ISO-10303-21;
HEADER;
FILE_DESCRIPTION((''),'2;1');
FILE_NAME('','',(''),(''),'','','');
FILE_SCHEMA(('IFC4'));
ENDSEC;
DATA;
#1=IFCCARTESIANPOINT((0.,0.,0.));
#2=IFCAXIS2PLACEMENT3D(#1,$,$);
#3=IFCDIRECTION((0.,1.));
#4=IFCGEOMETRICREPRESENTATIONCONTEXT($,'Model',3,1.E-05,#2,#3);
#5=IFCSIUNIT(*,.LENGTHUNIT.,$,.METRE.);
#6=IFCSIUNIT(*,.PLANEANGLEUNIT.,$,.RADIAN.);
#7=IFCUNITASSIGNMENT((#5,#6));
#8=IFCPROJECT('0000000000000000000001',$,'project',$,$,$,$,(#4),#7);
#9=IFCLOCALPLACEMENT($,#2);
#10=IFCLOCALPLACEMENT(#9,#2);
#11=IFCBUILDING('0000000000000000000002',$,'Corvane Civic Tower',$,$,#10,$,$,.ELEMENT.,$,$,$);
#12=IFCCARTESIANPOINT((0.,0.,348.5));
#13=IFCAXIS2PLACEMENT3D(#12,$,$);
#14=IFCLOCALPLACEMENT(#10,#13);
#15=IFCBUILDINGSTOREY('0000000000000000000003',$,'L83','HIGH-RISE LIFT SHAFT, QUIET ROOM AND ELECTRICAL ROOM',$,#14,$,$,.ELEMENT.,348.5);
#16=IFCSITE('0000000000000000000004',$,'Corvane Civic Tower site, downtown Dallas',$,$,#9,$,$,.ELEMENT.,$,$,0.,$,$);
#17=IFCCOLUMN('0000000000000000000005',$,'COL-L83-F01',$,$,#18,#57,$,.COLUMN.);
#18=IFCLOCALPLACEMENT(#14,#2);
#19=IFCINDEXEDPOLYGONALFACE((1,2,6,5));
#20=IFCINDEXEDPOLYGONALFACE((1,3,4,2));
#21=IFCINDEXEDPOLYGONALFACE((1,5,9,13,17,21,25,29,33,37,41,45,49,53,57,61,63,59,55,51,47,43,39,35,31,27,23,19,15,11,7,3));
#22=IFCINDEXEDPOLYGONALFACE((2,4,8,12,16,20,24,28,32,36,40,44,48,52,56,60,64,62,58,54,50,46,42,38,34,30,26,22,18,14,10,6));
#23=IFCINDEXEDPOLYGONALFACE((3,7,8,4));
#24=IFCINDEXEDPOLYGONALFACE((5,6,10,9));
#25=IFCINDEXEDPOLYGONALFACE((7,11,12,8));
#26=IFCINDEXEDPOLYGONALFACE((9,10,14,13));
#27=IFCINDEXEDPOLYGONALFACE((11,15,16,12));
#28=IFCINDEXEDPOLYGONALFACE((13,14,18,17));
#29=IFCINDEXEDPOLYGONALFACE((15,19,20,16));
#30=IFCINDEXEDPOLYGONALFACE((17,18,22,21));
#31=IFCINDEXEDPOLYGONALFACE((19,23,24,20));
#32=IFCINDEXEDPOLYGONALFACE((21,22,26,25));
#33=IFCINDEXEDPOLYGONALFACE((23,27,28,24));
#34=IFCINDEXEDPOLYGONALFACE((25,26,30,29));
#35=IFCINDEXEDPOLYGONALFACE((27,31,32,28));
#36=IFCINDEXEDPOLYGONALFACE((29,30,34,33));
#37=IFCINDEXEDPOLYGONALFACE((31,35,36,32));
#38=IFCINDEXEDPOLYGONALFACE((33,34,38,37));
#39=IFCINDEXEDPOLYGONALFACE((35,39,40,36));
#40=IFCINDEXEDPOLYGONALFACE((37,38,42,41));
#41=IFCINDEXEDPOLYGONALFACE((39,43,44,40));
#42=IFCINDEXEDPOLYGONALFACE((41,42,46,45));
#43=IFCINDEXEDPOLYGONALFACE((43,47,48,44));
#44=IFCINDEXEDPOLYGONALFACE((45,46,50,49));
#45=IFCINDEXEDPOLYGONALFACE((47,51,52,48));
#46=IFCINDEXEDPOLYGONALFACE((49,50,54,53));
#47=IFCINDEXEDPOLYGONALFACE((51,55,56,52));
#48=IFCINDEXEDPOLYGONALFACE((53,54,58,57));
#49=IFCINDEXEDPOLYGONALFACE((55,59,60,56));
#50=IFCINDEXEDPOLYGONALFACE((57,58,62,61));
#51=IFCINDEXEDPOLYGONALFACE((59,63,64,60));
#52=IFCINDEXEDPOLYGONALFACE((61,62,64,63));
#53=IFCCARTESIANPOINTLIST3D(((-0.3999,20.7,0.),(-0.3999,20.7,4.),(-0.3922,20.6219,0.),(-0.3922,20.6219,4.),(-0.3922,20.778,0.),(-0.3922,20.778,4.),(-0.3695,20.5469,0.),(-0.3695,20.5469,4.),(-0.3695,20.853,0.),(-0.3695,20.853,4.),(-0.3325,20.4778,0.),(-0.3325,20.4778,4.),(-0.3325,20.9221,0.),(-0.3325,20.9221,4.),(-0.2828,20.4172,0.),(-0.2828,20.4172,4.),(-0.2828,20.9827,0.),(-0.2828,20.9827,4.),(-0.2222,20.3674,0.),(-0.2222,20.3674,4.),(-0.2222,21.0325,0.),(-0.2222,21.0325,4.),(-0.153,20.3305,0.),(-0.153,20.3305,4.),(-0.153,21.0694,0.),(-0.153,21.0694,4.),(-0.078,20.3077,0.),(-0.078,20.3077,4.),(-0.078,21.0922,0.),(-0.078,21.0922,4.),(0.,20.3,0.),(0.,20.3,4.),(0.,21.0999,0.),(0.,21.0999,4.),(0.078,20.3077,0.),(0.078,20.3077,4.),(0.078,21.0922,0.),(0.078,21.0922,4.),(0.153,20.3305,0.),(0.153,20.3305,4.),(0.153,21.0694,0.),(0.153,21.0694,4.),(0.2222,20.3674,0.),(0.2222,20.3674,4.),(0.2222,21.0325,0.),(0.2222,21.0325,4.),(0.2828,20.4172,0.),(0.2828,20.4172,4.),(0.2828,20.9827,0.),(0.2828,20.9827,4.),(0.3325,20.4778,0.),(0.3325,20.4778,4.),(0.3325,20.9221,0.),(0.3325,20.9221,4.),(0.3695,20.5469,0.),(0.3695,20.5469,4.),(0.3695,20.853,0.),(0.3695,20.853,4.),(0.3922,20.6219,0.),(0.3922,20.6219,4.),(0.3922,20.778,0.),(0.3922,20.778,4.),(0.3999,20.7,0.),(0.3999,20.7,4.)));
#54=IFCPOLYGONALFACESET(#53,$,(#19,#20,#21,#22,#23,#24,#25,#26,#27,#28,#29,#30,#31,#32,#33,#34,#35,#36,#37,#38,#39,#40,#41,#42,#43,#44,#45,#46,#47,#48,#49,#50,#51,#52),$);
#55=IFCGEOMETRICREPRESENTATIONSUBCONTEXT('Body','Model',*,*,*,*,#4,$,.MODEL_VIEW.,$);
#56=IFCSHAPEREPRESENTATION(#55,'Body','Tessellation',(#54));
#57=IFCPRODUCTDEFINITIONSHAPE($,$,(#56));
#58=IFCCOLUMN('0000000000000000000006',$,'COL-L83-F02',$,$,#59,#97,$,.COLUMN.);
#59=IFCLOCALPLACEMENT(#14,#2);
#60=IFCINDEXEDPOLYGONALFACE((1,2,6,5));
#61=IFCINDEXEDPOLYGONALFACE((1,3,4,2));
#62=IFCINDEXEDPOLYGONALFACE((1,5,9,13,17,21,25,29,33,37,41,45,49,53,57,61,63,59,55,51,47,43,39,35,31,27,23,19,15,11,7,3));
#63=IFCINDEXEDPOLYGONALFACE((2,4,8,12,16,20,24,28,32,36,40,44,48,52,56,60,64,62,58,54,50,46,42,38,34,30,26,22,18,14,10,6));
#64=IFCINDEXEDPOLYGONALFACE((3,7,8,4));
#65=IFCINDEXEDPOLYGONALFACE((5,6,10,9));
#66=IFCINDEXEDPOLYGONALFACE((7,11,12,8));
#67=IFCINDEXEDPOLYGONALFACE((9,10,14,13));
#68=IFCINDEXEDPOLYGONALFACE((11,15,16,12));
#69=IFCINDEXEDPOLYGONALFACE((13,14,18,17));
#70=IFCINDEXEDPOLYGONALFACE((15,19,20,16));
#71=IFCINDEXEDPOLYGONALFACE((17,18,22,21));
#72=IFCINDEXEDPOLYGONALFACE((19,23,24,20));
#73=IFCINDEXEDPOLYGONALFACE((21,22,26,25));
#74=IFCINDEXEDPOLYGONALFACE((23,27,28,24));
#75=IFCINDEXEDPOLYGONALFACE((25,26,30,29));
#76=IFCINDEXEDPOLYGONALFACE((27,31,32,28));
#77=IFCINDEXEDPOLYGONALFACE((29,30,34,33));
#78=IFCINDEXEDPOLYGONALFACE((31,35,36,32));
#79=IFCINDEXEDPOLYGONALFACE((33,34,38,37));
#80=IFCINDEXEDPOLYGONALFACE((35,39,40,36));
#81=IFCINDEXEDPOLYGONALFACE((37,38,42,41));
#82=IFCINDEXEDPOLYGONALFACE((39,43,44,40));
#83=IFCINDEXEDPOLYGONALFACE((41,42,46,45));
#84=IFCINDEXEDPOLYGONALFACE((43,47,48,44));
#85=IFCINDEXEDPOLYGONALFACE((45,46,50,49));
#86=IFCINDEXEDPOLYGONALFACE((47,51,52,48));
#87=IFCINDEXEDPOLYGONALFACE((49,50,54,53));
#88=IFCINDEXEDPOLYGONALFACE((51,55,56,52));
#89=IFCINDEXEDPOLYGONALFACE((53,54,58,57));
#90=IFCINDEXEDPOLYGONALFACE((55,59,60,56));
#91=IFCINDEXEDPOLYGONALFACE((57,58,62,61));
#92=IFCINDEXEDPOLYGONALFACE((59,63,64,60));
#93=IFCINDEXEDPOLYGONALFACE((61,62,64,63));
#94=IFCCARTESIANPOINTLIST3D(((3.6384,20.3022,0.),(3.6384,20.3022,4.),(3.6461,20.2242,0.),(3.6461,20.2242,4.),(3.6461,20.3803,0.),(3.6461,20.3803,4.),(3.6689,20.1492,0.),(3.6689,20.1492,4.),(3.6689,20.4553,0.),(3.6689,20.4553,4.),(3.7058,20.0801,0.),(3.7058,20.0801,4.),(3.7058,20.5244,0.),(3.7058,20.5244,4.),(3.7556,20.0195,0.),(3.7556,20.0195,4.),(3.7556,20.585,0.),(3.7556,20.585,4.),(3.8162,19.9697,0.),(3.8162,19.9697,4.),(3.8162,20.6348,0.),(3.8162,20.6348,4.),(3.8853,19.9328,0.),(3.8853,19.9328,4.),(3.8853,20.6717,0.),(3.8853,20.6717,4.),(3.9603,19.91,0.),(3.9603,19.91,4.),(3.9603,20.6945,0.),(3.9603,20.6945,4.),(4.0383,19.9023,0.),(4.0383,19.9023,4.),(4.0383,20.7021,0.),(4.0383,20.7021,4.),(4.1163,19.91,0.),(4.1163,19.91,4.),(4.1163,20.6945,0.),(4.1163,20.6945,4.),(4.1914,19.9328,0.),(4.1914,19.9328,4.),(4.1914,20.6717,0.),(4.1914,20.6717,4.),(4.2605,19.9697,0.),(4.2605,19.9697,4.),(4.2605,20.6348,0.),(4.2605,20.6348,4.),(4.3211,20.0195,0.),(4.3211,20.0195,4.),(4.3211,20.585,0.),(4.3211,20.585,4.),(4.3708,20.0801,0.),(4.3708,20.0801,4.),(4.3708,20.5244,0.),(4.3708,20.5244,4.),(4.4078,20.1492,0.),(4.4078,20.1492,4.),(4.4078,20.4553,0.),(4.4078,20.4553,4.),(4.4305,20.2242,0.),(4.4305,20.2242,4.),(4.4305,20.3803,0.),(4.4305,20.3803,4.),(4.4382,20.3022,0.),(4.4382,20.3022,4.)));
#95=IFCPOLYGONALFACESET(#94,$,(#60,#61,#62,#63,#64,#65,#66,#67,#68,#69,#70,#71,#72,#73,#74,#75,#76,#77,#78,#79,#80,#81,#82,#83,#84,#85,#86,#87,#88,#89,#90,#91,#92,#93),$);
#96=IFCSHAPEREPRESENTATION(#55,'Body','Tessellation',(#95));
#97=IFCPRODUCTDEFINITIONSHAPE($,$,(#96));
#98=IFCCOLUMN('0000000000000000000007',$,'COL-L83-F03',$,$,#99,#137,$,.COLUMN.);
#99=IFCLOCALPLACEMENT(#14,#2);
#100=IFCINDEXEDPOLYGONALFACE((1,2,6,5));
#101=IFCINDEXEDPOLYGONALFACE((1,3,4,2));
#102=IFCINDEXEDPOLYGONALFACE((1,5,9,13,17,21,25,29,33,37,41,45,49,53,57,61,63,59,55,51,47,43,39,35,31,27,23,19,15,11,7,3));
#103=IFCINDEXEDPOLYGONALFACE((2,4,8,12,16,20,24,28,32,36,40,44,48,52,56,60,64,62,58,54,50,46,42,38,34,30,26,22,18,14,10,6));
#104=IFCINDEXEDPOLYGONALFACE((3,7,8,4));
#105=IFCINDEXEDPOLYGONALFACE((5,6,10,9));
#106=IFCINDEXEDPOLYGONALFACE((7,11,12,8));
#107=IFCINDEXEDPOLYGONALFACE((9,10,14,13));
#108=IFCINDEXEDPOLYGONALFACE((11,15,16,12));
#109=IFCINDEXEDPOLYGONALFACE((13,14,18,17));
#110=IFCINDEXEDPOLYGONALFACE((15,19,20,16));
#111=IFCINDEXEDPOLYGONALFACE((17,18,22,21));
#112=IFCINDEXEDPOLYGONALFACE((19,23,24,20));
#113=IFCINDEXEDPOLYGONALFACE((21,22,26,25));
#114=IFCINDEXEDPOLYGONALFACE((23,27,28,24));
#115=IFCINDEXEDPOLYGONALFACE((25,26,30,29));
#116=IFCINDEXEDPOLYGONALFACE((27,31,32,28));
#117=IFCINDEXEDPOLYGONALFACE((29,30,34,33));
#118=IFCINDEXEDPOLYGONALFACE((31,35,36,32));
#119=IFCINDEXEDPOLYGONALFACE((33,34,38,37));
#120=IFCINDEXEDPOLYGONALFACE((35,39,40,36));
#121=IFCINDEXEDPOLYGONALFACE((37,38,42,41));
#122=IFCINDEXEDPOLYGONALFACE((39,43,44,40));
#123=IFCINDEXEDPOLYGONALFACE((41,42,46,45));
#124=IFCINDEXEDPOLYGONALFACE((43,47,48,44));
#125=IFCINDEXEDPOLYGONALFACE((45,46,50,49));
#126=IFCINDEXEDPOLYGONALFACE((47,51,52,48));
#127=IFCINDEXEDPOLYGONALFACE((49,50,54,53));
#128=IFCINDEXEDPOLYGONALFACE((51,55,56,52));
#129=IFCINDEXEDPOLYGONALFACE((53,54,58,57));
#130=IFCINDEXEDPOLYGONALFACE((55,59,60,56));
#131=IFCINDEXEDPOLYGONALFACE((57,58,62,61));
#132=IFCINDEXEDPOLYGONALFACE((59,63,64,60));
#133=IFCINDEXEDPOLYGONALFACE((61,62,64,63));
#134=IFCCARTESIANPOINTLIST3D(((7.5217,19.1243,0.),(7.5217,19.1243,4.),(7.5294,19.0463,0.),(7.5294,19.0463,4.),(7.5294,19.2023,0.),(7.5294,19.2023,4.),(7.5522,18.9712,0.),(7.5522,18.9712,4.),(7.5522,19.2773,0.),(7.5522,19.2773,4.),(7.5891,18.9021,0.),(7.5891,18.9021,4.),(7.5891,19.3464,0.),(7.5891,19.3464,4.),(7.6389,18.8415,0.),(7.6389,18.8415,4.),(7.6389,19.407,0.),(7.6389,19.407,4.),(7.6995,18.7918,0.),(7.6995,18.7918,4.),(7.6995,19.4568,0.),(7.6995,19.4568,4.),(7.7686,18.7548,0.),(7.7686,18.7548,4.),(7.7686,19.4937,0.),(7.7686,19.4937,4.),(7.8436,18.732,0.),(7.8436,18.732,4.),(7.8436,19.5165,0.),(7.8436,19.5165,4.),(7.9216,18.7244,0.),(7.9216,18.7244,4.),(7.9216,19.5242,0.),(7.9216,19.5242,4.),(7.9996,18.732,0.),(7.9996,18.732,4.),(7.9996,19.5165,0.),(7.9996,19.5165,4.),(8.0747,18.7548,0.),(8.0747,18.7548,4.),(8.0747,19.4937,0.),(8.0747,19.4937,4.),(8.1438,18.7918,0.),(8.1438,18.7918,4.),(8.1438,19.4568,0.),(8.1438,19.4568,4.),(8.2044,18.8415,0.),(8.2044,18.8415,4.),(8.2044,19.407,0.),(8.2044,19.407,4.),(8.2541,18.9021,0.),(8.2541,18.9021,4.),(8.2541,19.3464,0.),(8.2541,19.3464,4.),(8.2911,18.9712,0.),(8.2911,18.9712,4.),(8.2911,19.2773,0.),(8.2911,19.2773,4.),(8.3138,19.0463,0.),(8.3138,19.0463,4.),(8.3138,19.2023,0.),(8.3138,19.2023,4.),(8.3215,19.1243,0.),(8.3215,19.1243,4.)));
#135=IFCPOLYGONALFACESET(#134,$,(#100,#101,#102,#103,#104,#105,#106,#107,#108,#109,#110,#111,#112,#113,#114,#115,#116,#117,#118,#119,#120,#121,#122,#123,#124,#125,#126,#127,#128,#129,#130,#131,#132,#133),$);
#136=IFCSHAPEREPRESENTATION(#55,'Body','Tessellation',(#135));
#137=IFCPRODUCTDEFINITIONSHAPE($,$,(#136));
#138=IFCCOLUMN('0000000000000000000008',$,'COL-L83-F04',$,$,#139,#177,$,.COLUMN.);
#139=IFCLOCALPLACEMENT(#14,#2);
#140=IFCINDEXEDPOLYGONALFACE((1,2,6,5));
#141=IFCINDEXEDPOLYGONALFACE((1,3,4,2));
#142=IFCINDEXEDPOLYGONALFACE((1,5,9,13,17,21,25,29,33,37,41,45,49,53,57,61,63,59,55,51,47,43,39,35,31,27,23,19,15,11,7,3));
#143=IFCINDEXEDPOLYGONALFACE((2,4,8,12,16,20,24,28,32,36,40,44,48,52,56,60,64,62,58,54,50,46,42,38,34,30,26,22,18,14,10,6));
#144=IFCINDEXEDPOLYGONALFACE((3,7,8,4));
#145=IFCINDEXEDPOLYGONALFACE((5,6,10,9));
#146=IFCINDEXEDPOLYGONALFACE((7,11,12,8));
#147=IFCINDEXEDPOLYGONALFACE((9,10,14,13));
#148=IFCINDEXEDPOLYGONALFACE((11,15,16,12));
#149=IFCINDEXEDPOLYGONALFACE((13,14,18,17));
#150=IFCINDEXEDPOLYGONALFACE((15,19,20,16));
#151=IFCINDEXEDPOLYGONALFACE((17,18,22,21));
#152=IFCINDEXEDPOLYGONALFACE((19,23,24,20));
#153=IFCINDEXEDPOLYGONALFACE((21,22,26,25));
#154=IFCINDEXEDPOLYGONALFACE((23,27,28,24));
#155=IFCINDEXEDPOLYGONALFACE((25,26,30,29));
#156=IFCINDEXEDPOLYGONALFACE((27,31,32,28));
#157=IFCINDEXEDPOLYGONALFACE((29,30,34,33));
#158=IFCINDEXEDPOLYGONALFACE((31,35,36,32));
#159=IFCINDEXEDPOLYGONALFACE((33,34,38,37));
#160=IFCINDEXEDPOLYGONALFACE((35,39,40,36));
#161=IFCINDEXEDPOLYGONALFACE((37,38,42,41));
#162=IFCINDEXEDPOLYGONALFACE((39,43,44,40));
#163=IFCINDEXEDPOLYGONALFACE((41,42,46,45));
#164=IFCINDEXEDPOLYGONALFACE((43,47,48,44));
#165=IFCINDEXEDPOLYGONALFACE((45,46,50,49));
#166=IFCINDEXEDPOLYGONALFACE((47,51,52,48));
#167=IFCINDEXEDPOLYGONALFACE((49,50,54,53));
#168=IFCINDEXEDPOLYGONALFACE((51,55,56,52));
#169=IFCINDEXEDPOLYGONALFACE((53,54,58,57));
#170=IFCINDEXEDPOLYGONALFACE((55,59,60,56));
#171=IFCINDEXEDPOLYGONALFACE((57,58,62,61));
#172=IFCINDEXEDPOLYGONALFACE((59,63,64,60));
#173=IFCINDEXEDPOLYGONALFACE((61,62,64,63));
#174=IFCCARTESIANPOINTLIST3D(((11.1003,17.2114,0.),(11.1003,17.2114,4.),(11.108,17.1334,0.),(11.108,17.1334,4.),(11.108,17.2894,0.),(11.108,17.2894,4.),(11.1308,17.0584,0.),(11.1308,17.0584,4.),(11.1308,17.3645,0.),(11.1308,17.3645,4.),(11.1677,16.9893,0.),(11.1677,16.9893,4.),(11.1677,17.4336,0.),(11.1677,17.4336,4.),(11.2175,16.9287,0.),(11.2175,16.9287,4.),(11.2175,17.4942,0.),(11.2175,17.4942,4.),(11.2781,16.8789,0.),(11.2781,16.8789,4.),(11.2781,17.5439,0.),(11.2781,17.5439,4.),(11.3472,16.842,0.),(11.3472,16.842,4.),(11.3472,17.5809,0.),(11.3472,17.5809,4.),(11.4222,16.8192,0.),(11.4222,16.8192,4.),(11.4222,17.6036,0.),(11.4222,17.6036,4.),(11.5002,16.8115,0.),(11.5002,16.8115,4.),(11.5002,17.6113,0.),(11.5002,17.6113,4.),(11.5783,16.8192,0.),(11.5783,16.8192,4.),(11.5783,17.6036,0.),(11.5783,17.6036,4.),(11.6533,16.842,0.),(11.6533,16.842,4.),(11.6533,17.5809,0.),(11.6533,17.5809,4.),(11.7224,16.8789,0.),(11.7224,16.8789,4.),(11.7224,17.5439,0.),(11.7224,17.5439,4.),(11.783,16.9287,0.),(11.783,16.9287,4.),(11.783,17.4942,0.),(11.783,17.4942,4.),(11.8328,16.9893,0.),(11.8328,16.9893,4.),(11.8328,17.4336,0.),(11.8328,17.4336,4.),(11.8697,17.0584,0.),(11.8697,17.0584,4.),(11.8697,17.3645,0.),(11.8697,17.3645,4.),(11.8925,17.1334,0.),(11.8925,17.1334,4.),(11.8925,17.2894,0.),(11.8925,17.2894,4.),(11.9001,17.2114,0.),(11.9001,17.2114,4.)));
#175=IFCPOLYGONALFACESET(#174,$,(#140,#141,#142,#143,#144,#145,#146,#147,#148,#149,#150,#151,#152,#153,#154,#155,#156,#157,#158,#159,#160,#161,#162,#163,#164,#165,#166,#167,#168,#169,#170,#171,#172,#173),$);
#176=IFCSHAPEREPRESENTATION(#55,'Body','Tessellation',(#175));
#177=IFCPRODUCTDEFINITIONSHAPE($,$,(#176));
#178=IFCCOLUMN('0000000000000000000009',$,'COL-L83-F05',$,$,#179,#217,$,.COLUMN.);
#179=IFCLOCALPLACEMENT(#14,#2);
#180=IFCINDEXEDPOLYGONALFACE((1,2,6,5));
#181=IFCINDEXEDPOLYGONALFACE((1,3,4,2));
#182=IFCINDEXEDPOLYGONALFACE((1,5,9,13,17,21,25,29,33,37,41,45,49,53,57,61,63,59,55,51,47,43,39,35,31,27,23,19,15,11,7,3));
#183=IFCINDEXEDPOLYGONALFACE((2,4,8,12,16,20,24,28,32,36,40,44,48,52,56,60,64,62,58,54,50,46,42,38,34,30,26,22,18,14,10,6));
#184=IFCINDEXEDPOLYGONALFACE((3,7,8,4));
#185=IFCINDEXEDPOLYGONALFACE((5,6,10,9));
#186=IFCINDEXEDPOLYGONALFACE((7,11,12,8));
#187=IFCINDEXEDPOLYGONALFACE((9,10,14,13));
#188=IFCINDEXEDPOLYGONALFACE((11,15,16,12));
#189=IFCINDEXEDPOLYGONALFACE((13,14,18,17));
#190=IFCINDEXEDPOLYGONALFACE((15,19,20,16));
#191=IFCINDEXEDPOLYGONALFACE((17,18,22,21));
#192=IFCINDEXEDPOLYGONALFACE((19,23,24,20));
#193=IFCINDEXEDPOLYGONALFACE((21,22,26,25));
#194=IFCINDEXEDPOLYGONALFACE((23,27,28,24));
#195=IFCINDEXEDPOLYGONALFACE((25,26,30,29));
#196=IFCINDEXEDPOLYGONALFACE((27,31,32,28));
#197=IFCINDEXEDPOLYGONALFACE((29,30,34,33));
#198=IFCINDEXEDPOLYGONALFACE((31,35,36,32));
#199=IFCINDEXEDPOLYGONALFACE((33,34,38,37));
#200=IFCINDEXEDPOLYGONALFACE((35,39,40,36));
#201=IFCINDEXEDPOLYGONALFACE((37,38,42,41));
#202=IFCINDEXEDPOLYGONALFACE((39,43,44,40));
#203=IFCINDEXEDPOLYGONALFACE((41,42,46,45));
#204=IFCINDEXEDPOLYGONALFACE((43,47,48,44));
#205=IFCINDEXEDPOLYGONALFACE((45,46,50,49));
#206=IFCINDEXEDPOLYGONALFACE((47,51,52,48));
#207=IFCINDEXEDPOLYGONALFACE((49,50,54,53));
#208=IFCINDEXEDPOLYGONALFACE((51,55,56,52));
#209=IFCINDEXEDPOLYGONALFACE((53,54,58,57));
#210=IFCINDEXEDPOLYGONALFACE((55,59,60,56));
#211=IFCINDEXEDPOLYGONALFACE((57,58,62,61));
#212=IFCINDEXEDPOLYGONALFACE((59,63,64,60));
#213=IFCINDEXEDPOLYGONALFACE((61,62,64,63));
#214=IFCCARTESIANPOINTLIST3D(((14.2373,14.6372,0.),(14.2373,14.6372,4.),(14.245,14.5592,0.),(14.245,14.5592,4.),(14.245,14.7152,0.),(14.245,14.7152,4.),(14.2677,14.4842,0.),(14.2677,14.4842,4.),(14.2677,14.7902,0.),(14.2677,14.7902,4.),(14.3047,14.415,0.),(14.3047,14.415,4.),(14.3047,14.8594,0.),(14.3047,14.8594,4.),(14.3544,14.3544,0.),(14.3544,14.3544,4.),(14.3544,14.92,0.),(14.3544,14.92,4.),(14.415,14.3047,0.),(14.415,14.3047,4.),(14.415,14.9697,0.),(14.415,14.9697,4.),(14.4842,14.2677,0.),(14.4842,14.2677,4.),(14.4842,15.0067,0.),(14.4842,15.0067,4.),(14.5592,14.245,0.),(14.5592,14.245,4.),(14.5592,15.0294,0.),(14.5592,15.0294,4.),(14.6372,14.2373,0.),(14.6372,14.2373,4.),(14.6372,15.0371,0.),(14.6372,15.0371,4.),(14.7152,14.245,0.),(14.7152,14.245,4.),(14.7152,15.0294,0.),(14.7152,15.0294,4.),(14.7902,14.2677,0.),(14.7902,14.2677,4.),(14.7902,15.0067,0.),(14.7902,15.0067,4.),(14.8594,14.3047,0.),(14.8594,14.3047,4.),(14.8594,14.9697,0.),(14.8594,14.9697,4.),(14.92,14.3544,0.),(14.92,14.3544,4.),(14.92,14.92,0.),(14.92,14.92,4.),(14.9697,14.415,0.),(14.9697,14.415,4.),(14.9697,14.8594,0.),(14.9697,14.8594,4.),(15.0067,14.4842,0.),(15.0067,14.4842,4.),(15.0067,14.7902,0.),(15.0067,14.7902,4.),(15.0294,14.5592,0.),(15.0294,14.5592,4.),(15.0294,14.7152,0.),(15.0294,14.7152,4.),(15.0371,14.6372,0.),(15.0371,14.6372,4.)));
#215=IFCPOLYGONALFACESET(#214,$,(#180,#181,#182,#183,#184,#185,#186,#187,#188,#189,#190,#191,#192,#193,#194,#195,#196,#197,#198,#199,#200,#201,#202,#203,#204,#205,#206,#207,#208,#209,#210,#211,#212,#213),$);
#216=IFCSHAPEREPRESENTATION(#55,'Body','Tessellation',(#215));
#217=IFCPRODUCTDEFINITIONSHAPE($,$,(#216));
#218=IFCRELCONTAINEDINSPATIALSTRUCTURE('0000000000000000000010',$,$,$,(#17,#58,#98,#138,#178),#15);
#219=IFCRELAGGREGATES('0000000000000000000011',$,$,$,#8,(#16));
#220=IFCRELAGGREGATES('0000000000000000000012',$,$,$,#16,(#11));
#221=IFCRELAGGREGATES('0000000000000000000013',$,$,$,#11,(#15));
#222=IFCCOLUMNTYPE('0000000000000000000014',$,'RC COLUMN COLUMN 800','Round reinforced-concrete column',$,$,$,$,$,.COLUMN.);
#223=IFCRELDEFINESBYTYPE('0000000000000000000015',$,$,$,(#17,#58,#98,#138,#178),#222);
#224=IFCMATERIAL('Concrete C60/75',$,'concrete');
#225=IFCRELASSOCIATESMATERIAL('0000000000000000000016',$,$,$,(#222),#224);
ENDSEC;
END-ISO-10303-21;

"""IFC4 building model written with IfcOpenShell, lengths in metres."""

from ifc_helpers import new_model, si_unit, direction, frame, origin, origin_2d, place, context, subcontext, project, spatial, circle, extrude, material, material_profile, profile_set, type_object, element, save


model = new_model("IFC4")

# Units and contexts
model_context = context("Model", 3, precision=1e-05, world=origin(), true_north=direction((0.0, 1.0)))
body_context = subcontext(model_context, "Body", "Model", "MODEL_VIEW")
ifc_project = project(units=[si_unit("LENGTHUNIT", "METRE"), si_unit("PLANEANGLEUNIT", "RADIAN")], contexts=[model_context])

# Site, building, storey
site_placement = place(None, origin())
site = spatial("IfcSite", under=ifc_project, at=site_placement, Name="Corvane Civic Tower site, downtown Dallas", CompositionType="ELEMENT", RefElevation=0.0)
building_placement = place(site_placement, origin())
building = spatial("IfcBuilding", under=site, at=building_placement, Name="Corvane Civic Tower", CompositionType="ELEMENT")
storey_placement = place(building_placement, frame((0.0, 0.0, 348.5)))
storey = spatial("IfcBuildingStorey", under=building, at=storey_placement, Name="L83", Description="HIGH-RISE LIFT SHAFT, QUIET ROOM AND ELECTRICAL ROOM", CompositionType="ELEMENT", Elevation=348.5)

# Columns
ifc_material_1 = material(Name="Concrete C60/75", Category="concrete")
ifc_material_profile_1 = material_profile(ifc_material_1, circle(Radius=0.3999, at=origin_2d()), Name="COLUMN 800")
ifc_profile_set_1 = profile_set([ifc_material_profile_1], Name="Concrete C60/75")
column_type = type_object("IfcColumnType", Name="RC COLUMN COLUMN 800", Description="Round reinforced-concrete column", PredefinedType="COLUMN", material=ifc_profile_set_1)
for number, where, z_axis, x_axis, name in (
    (1, (0.0, 20.7, 0.0), (0.0, 0.0, 1.0), (1.0, 0.0, 0.0), "COL-L83-F01"),
    (2, (4.0383, 20.3022, 0.0), (0.0, 0.0, 1.0), (1.0, 0.0, 0.0), "COL-L83-F02"),
    (3, (7.9216, 19.1243, 0.0), (0.0, 0.0, 1.0), (1.0, 0.0, 0.0), "COL-L83-F03"),
    (4, (11.5002, 17.2114, 0.0), (0.0, 0.0, 1.0), (1.0, 0.0, 0.0), "COL-L83-F04"),
    (5, (14.6372, 14.6372, 0.0), (0.0, 0.0, 1.0), (1.0, 0.0, 0.0), "COL-L83-F05"),
):
    element("IfcColumn", number, at=place(storey_placement, frame(where, z_axis=z_axis, x_axis=x_axis)), inside=storey, type_object=column_type, Name=name, PredefinedType="COLUMN", context=body_context, shape_type="SweptSolid", body=[
        extrude(circle(Radius=0.3999, at=origin_2d()), origin(), (0.0, 0.0, 1.0), 4.0),
    ])

save(model, "model.ifc")
